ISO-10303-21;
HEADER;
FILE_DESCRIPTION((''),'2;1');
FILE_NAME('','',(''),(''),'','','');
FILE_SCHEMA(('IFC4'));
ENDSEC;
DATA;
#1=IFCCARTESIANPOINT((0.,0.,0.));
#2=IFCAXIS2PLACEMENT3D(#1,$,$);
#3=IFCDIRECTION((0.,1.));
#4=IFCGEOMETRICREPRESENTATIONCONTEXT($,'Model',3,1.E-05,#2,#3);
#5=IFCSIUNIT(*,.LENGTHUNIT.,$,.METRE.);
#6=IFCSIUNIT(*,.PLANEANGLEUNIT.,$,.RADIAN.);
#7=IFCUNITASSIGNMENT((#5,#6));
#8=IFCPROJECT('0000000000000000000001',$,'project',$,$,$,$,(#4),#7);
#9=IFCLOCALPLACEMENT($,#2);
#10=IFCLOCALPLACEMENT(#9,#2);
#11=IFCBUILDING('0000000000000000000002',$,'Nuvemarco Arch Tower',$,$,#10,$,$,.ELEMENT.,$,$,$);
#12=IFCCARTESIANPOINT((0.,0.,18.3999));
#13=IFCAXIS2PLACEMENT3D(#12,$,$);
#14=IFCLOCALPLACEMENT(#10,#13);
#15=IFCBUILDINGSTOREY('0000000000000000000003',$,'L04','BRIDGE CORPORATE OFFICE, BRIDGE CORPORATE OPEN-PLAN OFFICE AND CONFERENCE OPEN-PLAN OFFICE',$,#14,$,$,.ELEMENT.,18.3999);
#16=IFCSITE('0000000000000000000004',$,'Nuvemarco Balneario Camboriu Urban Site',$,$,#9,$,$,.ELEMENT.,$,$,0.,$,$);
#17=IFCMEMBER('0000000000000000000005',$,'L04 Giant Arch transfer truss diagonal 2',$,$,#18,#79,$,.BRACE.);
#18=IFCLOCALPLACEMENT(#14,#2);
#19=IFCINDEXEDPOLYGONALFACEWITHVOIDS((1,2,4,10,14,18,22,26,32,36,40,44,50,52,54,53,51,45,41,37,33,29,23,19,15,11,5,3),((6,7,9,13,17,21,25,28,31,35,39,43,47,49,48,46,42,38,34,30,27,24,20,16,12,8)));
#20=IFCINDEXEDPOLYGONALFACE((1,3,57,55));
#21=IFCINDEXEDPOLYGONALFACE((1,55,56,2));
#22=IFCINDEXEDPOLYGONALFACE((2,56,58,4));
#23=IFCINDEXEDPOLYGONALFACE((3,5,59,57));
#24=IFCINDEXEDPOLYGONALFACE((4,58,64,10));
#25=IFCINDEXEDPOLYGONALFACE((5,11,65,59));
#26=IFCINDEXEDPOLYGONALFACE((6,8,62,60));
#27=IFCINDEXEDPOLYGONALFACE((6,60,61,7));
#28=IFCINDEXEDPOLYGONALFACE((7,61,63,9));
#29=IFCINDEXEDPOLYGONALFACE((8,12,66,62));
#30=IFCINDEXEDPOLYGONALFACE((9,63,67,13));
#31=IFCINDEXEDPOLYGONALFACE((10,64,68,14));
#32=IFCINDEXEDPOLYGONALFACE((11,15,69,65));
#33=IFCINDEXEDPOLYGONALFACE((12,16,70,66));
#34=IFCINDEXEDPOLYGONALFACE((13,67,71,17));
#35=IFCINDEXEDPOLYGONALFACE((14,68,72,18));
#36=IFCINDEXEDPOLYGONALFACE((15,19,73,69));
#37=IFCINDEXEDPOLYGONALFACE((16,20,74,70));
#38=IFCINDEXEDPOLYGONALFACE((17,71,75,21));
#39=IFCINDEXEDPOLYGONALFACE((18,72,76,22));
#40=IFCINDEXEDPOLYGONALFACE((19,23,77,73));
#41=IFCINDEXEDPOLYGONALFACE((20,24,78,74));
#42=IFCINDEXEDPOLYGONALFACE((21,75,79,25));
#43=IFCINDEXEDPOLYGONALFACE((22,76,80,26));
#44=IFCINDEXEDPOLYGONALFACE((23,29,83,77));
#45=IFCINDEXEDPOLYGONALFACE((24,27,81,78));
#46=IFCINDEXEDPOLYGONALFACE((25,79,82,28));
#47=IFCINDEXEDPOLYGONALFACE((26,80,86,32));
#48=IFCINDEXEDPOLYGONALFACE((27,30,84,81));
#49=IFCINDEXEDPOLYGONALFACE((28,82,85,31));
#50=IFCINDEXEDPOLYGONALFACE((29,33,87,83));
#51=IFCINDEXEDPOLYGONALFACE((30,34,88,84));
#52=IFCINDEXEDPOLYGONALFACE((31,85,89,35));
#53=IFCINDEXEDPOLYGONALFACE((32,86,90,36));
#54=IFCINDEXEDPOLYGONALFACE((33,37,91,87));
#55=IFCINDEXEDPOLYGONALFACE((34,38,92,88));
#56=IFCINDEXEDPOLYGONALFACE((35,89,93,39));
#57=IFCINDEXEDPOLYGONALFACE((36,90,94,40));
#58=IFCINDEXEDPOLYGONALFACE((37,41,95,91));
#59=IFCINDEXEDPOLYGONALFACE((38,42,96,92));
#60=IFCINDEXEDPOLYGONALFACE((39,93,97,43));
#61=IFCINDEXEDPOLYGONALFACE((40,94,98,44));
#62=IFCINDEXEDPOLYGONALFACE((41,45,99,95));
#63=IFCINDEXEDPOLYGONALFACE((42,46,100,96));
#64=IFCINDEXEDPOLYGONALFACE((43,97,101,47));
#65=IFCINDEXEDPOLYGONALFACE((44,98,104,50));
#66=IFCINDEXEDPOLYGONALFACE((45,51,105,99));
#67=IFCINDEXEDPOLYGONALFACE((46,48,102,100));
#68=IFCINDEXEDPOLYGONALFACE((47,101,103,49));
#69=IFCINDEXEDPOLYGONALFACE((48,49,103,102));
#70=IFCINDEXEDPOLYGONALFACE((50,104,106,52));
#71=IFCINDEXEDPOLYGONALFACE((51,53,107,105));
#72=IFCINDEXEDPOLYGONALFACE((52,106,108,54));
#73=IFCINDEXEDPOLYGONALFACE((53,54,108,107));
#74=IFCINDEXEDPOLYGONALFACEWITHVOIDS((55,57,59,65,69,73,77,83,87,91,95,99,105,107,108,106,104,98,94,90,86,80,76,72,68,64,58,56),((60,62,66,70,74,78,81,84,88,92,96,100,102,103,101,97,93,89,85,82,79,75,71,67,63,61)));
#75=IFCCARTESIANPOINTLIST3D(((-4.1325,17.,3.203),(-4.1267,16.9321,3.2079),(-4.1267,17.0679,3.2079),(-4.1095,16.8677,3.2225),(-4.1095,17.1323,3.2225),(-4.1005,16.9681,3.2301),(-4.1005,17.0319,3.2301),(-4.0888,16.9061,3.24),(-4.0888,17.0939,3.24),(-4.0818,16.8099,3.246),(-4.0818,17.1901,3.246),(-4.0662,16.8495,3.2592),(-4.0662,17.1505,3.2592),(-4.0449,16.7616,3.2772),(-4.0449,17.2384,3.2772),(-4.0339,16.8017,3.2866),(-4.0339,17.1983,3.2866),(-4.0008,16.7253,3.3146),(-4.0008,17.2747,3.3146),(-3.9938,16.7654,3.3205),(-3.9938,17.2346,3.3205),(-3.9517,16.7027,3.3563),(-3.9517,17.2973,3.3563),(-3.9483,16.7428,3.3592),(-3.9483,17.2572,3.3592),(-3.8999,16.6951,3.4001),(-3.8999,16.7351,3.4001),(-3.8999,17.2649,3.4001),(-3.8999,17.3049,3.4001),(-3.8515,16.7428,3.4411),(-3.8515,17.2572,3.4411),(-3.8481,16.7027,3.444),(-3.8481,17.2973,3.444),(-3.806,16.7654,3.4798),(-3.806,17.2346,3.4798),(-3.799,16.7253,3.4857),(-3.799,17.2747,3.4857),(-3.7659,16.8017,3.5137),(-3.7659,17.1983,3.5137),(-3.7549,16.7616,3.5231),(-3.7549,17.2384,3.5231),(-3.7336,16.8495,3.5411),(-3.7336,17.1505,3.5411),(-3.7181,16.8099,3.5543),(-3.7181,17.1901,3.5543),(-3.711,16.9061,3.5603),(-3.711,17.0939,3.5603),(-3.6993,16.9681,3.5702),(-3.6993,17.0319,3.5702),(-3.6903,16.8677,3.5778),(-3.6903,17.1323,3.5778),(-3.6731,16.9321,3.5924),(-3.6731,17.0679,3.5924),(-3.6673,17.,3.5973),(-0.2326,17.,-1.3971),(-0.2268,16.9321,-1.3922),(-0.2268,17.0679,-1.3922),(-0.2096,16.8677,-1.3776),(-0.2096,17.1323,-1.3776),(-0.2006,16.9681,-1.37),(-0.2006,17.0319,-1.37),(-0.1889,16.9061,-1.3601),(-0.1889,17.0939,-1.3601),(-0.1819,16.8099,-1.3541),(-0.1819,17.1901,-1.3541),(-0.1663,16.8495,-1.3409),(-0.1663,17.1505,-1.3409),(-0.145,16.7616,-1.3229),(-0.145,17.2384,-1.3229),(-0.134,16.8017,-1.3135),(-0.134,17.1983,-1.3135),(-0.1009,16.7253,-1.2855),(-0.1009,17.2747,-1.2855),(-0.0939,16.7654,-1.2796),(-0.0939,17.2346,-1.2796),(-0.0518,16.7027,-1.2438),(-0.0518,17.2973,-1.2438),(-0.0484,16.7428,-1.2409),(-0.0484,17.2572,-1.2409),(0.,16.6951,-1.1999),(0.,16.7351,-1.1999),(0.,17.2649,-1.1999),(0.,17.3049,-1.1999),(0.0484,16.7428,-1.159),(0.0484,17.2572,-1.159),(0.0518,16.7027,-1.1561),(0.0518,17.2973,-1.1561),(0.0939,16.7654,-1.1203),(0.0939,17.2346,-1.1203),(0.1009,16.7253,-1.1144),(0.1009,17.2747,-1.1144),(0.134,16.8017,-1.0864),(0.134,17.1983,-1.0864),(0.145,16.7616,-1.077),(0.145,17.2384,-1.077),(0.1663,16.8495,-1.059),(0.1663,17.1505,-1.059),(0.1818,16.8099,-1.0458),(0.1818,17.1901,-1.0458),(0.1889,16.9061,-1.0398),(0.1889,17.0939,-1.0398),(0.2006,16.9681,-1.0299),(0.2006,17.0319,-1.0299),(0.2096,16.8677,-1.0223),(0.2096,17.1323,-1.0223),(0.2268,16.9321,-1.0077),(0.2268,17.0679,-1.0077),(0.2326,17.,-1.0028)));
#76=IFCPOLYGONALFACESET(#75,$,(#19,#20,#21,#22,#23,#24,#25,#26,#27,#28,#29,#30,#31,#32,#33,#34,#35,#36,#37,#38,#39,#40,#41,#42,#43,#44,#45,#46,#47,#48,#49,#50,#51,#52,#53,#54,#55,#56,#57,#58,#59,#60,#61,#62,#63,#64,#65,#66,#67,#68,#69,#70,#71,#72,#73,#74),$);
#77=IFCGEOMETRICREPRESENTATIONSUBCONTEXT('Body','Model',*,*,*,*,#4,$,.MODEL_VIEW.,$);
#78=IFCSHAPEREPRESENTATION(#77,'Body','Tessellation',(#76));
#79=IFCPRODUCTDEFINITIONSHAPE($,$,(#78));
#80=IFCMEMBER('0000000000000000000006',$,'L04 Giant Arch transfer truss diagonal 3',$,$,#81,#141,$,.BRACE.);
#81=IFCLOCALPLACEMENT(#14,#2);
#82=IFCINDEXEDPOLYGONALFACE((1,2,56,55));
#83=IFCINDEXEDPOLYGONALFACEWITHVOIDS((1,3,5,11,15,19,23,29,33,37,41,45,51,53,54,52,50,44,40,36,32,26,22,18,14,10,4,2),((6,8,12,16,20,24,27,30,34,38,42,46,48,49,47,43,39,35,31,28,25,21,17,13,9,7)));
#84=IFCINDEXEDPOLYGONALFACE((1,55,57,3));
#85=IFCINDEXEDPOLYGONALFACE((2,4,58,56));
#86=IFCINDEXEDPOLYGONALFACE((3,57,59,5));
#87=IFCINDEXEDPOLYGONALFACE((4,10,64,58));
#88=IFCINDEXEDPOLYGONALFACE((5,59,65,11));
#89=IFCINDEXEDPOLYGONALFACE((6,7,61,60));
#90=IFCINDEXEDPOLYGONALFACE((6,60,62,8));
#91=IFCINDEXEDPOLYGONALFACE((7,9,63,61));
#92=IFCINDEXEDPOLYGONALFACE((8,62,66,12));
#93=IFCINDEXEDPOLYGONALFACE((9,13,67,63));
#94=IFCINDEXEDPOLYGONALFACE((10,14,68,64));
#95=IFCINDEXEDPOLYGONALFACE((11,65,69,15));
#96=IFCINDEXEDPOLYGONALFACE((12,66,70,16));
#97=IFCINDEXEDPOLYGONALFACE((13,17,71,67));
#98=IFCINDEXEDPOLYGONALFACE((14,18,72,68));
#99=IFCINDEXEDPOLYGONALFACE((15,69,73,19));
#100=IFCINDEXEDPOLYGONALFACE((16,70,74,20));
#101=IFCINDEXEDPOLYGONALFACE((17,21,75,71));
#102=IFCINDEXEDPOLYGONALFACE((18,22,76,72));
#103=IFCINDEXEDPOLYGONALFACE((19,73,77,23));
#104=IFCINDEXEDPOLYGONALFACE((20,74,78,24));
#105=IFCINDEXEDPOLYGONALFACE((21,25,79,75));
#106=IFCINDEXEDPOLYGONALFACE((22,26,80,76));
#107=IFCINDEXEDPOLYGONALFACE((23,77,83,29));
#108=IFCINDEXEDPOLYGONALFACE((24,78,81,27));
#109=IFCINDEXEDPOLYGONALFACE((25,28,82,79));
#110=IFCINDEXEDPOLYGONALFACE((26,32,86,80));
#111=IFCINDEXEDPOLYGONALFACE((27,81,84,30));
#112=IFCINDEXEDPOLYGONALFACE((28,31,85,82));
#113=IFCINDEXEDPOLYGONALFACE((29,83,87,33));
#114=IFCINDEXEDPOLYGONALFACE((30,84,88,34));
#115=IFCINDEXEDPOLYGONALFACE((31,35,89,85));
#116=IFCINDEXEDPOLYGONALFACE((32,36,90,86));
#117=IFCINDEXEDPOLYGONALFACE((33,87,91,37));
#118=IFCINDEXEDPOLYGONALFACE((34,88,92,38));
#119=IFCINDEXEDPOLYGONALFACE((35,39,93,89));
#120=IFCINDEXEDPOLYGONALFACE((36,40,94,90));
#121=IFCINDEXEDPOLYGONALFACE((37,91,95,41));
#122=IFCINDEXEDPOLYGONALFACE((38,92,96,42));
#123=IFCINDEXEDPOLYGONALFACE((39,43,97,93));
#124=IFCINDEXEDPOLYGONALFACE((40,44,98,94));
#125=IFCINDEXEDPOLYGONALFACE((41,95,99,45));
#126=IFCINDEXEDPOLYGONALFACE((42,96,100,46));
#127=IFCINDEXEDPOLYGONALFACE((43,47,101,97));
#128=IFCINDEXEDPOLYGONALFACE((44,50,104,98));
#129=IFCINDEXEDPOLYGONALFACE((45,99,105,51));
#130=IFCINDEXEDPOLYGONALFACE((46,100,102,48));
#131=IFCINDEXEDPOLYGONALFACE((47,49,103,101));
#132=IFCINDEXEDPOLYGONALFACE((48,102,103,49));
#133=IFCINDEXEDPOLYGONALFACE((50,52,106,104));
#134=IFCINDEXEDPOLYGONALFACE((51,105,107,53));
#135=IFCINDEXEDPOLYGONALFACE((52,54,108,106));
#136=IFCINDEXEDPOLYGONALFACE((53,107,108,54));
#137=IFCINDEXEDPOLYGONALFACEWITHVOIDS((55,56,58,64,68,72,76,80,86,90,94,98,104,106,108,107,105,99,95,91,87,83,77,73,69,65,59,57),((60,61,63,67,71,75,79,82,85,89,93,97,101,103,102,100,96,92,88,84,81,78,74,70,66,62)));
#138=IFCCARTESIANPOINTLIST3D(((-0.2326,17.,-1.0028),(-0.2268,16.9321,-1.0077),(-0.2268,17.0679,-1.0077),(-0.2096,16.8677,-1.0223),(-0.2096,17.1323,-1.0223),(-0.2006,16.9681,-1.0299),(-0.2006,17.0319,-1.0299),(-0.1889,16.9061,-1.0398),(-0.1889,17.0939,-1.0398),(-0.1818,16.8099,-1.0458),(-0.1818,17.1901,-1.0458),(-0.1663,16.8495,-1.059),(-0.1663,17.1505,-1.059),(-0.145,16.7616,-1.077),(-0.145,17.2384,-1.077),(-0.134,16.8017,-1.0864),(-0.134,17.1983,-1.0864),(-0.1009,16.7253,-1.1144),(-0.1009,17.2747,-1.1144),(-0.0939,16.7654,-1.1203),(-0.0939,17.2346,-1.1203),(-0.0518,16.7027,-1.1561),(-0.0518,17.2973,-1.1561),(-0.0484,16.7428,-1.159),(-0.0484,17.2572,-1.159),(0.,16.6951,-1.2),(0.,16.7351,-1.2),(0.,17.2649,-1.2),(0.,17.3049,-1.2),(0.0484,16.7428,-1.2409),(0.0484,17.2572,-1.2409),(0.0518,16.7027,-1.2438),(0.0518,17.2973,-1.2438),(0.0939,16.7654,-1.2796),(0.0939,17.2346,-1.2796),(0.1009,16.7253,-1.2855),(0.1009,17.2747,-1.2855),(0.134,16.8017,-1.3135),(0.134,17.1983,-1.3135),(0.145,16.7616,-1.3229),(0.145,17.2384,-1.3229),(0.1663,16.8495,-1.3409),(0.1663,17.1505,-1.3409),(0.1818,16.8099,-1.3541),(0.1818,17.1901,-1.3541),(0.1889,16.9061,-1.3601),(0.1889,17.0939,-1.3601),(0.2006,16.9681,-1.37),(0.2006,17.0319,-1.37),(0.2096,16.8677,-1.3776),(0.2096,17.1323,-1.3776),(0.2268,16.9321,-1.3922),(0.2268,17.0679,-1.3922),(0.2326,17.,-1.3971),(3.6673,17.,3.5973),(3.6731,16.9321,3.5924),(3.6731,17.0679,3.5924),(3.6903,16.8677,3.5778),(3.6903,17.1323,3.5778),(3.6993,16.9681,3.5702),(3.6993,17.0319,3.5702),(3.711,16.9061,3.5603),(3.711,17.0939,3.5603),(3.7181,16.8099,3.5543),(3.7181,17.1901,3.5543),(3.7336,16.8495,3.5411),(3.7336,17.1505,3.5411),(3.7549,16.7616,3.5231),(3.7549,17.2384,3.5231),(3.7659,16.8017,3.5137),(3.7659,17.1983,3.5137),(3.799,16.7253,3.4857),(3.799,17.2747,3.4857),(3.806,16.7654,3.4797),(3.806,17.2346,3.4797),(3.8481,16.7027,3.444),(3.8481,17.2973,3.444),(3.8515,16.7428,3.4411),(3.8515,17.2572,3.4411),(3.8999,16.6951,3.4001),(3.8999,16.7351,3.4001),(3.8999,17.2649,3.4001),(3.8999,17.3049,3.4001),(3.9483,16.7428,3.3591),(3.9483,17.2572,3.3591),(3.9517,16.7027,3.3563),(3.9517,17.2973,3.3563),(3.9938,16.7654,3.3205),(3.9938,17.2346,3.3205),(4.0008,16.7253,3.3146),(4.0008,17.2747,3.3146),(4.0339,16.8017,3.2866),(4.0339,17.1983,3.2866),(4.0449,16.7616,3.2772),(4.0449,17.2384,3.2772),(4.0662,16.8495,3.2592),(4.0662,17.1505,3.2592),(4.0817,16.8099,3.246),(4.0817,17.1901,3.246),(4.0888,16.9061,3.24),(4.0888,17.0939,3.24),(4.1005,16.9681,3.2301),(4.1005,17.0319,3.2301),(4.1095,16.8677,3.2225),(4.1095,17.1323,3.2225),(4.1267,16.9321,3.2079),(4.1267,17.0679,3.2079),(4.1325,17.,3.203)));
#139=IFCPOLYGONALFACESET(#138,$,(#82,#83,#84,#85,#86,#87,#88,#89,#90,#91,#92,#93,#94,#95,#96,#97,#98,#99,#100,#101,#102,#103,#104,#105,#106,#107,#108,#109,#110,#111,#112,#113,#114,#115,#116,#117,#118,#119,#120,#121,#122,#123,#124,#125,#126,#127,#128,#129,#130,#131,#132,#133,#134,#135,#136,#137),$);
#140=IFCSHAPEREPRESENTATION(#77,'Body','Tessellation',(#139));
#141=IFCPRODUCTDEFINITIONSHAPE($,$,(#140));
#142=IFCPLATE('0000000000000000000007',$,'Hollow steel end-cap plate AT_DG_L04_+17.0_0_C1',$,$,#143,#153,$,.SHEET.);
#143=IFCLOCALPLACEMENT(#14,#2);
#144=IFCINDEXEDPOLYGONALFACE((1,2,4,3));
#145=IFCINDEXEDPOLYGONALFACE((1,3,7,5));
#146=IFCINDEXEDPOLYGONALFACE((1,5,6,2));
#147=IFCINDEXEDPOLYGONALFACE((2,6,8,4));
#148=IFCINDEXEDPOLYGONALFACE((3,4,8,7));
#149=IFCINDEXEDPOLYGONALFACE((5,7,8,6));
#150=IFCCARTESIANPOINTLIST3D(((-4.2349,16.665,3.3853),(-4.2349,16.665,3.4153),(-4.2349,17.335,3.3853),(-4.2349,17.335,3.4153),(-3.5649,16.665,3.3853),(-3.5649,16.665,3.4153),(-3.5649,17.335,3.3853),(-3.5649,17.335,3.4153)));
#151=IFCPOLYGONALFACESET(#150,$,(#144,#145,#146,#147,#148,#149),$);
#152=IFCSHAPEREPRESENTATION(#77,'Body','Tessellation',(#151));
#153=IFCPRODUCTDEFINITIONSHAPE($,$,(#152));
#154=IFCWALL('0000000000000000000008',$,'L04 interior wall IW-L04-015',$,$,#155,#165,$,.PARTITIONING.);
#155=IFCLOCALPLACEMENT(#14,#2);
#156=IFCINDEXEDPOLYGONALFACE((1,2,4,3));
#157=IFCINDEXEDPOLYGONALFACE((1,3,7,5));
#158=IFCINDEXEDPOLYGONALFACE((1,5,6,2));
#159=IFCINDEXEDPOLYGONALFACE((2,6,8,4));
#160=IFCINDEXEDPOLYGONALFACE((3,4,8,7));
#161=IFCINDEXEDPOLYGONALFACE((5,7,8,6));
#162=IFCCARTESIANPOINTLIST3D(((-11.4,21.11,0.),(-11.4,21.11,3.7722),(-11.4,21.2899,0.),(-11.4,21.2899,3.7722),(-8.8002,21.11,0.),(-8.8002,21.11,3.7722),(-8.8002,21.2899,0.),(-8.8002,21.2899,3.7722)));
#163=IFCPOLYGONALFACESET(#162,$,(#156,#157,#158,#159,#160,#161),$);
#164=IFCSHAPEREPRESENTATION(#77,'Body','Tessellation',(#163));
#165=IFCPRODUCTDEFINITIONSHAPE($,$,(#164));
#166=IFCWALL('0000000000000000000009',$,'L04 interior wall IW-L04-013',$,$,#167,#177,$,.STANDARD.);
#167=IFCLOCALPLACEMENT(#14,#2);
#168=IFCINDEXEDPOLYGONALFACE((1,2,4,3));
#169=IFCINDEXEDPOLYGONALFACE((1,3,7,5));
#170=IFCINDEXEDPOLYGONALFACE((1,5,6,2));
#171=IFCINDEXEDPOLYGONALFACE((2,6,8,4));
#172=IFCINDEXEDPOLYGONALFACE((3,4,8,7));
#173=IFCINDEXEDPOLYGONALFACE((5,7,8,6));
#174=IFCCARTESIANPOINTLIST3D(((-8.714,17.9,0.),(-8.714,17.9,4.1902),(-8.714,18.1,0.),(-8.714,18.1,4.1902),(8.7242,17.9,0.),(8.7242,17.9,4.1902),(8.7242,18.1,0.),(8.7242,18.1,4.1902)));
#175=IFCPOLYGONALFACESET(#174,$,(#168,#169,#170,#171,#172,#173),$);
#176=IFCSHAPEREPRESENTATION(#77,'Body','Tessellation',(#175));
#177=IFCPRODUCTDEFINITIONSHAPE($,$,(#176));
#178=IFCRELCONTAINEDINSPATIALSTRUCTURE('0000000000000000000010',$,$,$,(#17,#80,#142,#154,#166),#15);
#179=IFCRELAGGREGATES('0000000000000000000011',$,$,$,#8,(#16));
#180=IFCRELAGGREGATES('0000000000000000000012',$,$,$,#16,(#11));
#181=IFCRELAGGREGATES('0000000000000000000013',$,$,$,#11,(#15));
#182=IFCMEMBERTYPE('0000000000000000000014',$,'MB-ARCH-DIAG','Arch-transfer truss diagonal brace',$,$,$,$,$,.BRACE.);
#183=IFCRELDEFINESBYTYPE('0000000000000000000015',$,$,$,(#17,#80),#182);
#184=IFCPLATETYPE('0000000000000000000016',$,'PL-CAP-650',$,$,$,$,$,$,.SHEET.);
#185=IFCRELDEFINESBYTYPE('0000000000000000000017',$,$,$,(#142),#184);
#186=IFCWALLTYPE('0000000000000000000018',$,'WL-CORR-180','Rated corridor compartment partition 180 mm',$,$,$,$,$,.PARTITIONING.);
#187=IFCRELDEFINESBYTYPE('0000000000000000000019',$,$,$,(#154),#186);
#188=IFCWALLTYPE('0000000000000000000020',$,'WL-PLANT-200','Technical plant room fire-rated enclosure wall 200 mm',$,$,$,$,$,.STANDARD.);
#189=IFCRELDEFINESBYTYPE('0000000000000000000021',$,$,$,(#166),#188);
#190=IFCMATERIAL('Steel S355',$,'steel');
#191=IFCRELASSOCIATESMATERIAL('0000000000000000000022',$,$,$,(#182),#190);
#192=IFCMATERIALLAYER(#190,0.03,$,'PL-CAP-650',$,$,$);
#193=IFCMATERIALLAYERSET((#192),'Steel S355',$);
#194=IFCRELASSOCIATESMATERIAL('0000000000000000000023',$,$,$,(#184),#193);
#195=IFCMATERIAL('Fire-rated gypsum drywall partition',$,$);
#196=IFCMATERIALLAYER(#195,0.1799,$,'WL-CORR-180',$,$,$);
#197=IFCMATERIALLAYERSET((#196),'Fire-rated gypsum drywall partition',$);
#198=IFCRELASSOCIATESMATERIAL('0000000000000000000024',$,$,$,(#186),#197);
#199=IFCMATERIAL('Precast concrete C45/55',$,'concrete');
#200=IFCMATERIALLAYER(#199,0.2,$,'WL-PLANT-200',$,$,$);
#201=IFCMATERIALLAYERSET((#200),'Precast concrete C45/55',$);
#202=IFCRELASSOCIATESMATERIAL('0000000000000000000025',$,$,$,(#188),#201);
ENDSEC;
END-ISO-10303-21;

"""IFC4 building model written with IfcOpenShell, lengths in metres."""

from ifc_helpers import new_model, si_unit, direction, frame, frame_2d, origin, origin_2d, place, context, subcontext, project, spatial, rectangle, hollow_circle, extrude, source, transform, mapped, material, layer, layer_set, material_profile, profile_set, type_object, type_shapes, element, save


model = new_model("IFC4")

# Units and contexts
model_context = context("Model", 3, precision=1e-05, world=origin(), true_north=direction((0.0, 1.0)))
body_context = subcontext(model_context, "Body", "Model", "MODEL_VIEW")
ifc_project = project(units=[si_unit("LENGTHUNIT", "METRE"), si_unit("PLANEANGLEUNIT", "RADIAN")], contexts=[model_context])

# Site, building, storey
site_placement = place(None, origin())
site = spatial("IfcSite", under=ifc_project, at=site_placement, Name="Nuvemarco Balneario Camboriu Urban Site", CompositionType="ELEMENT", RefElevation=0.0)
building_placement = place(site_placement, origin())
building = spatial("IfcBuilding", under=site, at=building_placement, Name="Nuvemarco Arch Tower", CompositionType="ELEMENT")
storey_placement = place(building_placement, frame((0.0, 0.0, 18.3999)))
storey = spatial("IfcBuildingStorey", under=building, at=storey_placement, Name="L04", Description="BRIDGE CORPORATE OFFICE, BRIDGE CORPORATE OPEN-PLAN OFFICE AND CONFERENCE OPEN-PLAN OFFICE", CompositionType="ELEMENT", Elevation=18.3999)

# Shared definitions
ifc_material_1 = material(Name="Steel S355", Category="steel")

# Members
ifc_material_profile_1 = material_profile(ifc_material_1, hollow_circle(Radius=0.3049, WallThickness=0.04, at=origin_2d()), Name="CHS610x40")
ifc_profile_set_1 = profile_set([ifc_material_profile_1], Name="Steel S355")
member_type_1 = type_object("IfcMemberType", Name="MB-ARCH-DIAG", Description="Arch-transfer truss diagonal brace", PredefinedType="BRACE", material=ifc_profile_set_1)
for number, where, z_axis, x_axis, name in (
    (1, (-3.8999, 17.0, 3.4001), (0.646668, 0.0, -0.762772), (0.0, 1.0, 0.0), "L04 Giant Arch transfer truss diagonal 2"),
    (2, (0.0, 17.0, -1.2), (0.646668, 0.0, 0.762772), (0.0, 1.0, 0.0), "L04 Giant Arch transfer truss diagonal 3"),
):
    element("IfcMember", number, at=place(storey_placement, frame(where, z_axis=z_axis, x_axis=x_axis)), inside=storey, type_object=member_type_1, Name=name, PredefinedType="BRACE", context=body_context, shape_type="SweptSolid", body=[
        extrude(hollow_circle(Radius=0.3049, WallThickness=0.04, at=origin_2d()), origin(), (0.0, 0.0, 1.0), 6.0308),
    ])

# Plate
ifc_layer_1 = layer(ifc_material_1, 0.03, Name="PL-CAP-650")
ifc_layer_set_1 = layer_set([ifc_layer_1], Name="Steel S355")
plate_type_1 = type_object("IfcPlateType", Name="PL-CAP-650", PredefinedType="SHEET", material=ifc_layer_set_1)
shared_shape_1 = source(origin(), body_context, "Body", "SweptSolid", [
    extrude(rectangle(XDim=0.6699, YDim=0.6699, at=origin_2d()), origin(), (0.0, 0.0, 1.0), 0.03),
])
type_shapes(plate_type_1, [shared_shape_1])
plate_1_placement = place(storey_placement, frame((-3.8999, 17.0, 3.3853), z_axis=(0.0, 0.0, 1.0), x_axis=(1.0, 0.0, 0.0)))
element("IfcPlate", 3, at=plate_1_placement, inside=storey, type_object=plate_type_1, Name="Hollow steel end-cap plate AT_DG_L04_+17.0_0_C1", PredefinedType="SHEET", context=body_context, shape_type="MappedRepresentation", body=[
    mapped(shared_shape_1, transform((0.0, 0.0, 0.0), scale=1.0)),
])

# Walls
ifc_material_2 = material(Name="Fire-rated gypsum drywall partition")
ifc_layer_2 = layer(ifc_material_2, 0.1799, Name="WL-CORR-180")
ifc_layer_set_2 = layer_set([ifc_layer_2], Name="Fire-rated gypsum drywall partition")
wall_type_1 = type_object("IfcWallType", Name="WL-CORR-180", Description="Rated corridor compartment partition 180 mm", PredefinedType="PARTITIONING", material=ifc_layer_set_2)
wall_1_placement = place(storey_placement, frame((-11.3999, 21.2, 0.0), z_axis=(0.0, 0.0, 1.0), x_axis=(1.0, 0.0, 0.0)))
element("IfcWall", 4, at=wall_1_placement, inside=storey, type_object=wall_type_1, Name="L04 interior wall IW-L04-015", PredefinedType="PARTITIONING", context=body_context, shape_type="SweptSolid", body=[
    extrude(rectangle(XDim=2.5999, YDim=0.1799, at=frame_2d((1.2998, 0.0))), origin(), (0.0, 0.0, 1.0), 3.7722),
])
ifc_material_3 = material(Name="Precast concrete C45/55", Category="concrete")
ifc_layer_3 = layer(ifc_material_3, 0.2, Name="WL-PLANT-200")
ifc_layer_set_3 = layer_set([ifc_layer_3], Name="Precast concrete C45/55")
wall_type_2 = type_object("IfcWallType", Name="WL-PLANT-200", Description="Technical plant room fire-rated enclosure wall 200 mm", PredefinedType="STANDARD", material=ifc_layer_set_3)
wall_2_placement = place(storey_placement, frame((-8.7141, 18.0, 0.0), z_axis=(0.0, 0.0, 1.0), x_axis=(1.0, 0.0, 0.0)))
element("IfcWall", 5, at=wall_2_placement, inside=storey, type_object=wall_type_2, Name="L04 interior wall IW-L04-013", PredefinedType="STANDARD", context=body_context, shape_type="SweptSolid", body=[
    extrude(rectangle(XDim=17.4382, YDim=0.2, at=frame_2d((8.7192, 0.0))), origin(), (0.0, 0.0, 1.0), 4.1902),
])

save(model, "model.ifc")
